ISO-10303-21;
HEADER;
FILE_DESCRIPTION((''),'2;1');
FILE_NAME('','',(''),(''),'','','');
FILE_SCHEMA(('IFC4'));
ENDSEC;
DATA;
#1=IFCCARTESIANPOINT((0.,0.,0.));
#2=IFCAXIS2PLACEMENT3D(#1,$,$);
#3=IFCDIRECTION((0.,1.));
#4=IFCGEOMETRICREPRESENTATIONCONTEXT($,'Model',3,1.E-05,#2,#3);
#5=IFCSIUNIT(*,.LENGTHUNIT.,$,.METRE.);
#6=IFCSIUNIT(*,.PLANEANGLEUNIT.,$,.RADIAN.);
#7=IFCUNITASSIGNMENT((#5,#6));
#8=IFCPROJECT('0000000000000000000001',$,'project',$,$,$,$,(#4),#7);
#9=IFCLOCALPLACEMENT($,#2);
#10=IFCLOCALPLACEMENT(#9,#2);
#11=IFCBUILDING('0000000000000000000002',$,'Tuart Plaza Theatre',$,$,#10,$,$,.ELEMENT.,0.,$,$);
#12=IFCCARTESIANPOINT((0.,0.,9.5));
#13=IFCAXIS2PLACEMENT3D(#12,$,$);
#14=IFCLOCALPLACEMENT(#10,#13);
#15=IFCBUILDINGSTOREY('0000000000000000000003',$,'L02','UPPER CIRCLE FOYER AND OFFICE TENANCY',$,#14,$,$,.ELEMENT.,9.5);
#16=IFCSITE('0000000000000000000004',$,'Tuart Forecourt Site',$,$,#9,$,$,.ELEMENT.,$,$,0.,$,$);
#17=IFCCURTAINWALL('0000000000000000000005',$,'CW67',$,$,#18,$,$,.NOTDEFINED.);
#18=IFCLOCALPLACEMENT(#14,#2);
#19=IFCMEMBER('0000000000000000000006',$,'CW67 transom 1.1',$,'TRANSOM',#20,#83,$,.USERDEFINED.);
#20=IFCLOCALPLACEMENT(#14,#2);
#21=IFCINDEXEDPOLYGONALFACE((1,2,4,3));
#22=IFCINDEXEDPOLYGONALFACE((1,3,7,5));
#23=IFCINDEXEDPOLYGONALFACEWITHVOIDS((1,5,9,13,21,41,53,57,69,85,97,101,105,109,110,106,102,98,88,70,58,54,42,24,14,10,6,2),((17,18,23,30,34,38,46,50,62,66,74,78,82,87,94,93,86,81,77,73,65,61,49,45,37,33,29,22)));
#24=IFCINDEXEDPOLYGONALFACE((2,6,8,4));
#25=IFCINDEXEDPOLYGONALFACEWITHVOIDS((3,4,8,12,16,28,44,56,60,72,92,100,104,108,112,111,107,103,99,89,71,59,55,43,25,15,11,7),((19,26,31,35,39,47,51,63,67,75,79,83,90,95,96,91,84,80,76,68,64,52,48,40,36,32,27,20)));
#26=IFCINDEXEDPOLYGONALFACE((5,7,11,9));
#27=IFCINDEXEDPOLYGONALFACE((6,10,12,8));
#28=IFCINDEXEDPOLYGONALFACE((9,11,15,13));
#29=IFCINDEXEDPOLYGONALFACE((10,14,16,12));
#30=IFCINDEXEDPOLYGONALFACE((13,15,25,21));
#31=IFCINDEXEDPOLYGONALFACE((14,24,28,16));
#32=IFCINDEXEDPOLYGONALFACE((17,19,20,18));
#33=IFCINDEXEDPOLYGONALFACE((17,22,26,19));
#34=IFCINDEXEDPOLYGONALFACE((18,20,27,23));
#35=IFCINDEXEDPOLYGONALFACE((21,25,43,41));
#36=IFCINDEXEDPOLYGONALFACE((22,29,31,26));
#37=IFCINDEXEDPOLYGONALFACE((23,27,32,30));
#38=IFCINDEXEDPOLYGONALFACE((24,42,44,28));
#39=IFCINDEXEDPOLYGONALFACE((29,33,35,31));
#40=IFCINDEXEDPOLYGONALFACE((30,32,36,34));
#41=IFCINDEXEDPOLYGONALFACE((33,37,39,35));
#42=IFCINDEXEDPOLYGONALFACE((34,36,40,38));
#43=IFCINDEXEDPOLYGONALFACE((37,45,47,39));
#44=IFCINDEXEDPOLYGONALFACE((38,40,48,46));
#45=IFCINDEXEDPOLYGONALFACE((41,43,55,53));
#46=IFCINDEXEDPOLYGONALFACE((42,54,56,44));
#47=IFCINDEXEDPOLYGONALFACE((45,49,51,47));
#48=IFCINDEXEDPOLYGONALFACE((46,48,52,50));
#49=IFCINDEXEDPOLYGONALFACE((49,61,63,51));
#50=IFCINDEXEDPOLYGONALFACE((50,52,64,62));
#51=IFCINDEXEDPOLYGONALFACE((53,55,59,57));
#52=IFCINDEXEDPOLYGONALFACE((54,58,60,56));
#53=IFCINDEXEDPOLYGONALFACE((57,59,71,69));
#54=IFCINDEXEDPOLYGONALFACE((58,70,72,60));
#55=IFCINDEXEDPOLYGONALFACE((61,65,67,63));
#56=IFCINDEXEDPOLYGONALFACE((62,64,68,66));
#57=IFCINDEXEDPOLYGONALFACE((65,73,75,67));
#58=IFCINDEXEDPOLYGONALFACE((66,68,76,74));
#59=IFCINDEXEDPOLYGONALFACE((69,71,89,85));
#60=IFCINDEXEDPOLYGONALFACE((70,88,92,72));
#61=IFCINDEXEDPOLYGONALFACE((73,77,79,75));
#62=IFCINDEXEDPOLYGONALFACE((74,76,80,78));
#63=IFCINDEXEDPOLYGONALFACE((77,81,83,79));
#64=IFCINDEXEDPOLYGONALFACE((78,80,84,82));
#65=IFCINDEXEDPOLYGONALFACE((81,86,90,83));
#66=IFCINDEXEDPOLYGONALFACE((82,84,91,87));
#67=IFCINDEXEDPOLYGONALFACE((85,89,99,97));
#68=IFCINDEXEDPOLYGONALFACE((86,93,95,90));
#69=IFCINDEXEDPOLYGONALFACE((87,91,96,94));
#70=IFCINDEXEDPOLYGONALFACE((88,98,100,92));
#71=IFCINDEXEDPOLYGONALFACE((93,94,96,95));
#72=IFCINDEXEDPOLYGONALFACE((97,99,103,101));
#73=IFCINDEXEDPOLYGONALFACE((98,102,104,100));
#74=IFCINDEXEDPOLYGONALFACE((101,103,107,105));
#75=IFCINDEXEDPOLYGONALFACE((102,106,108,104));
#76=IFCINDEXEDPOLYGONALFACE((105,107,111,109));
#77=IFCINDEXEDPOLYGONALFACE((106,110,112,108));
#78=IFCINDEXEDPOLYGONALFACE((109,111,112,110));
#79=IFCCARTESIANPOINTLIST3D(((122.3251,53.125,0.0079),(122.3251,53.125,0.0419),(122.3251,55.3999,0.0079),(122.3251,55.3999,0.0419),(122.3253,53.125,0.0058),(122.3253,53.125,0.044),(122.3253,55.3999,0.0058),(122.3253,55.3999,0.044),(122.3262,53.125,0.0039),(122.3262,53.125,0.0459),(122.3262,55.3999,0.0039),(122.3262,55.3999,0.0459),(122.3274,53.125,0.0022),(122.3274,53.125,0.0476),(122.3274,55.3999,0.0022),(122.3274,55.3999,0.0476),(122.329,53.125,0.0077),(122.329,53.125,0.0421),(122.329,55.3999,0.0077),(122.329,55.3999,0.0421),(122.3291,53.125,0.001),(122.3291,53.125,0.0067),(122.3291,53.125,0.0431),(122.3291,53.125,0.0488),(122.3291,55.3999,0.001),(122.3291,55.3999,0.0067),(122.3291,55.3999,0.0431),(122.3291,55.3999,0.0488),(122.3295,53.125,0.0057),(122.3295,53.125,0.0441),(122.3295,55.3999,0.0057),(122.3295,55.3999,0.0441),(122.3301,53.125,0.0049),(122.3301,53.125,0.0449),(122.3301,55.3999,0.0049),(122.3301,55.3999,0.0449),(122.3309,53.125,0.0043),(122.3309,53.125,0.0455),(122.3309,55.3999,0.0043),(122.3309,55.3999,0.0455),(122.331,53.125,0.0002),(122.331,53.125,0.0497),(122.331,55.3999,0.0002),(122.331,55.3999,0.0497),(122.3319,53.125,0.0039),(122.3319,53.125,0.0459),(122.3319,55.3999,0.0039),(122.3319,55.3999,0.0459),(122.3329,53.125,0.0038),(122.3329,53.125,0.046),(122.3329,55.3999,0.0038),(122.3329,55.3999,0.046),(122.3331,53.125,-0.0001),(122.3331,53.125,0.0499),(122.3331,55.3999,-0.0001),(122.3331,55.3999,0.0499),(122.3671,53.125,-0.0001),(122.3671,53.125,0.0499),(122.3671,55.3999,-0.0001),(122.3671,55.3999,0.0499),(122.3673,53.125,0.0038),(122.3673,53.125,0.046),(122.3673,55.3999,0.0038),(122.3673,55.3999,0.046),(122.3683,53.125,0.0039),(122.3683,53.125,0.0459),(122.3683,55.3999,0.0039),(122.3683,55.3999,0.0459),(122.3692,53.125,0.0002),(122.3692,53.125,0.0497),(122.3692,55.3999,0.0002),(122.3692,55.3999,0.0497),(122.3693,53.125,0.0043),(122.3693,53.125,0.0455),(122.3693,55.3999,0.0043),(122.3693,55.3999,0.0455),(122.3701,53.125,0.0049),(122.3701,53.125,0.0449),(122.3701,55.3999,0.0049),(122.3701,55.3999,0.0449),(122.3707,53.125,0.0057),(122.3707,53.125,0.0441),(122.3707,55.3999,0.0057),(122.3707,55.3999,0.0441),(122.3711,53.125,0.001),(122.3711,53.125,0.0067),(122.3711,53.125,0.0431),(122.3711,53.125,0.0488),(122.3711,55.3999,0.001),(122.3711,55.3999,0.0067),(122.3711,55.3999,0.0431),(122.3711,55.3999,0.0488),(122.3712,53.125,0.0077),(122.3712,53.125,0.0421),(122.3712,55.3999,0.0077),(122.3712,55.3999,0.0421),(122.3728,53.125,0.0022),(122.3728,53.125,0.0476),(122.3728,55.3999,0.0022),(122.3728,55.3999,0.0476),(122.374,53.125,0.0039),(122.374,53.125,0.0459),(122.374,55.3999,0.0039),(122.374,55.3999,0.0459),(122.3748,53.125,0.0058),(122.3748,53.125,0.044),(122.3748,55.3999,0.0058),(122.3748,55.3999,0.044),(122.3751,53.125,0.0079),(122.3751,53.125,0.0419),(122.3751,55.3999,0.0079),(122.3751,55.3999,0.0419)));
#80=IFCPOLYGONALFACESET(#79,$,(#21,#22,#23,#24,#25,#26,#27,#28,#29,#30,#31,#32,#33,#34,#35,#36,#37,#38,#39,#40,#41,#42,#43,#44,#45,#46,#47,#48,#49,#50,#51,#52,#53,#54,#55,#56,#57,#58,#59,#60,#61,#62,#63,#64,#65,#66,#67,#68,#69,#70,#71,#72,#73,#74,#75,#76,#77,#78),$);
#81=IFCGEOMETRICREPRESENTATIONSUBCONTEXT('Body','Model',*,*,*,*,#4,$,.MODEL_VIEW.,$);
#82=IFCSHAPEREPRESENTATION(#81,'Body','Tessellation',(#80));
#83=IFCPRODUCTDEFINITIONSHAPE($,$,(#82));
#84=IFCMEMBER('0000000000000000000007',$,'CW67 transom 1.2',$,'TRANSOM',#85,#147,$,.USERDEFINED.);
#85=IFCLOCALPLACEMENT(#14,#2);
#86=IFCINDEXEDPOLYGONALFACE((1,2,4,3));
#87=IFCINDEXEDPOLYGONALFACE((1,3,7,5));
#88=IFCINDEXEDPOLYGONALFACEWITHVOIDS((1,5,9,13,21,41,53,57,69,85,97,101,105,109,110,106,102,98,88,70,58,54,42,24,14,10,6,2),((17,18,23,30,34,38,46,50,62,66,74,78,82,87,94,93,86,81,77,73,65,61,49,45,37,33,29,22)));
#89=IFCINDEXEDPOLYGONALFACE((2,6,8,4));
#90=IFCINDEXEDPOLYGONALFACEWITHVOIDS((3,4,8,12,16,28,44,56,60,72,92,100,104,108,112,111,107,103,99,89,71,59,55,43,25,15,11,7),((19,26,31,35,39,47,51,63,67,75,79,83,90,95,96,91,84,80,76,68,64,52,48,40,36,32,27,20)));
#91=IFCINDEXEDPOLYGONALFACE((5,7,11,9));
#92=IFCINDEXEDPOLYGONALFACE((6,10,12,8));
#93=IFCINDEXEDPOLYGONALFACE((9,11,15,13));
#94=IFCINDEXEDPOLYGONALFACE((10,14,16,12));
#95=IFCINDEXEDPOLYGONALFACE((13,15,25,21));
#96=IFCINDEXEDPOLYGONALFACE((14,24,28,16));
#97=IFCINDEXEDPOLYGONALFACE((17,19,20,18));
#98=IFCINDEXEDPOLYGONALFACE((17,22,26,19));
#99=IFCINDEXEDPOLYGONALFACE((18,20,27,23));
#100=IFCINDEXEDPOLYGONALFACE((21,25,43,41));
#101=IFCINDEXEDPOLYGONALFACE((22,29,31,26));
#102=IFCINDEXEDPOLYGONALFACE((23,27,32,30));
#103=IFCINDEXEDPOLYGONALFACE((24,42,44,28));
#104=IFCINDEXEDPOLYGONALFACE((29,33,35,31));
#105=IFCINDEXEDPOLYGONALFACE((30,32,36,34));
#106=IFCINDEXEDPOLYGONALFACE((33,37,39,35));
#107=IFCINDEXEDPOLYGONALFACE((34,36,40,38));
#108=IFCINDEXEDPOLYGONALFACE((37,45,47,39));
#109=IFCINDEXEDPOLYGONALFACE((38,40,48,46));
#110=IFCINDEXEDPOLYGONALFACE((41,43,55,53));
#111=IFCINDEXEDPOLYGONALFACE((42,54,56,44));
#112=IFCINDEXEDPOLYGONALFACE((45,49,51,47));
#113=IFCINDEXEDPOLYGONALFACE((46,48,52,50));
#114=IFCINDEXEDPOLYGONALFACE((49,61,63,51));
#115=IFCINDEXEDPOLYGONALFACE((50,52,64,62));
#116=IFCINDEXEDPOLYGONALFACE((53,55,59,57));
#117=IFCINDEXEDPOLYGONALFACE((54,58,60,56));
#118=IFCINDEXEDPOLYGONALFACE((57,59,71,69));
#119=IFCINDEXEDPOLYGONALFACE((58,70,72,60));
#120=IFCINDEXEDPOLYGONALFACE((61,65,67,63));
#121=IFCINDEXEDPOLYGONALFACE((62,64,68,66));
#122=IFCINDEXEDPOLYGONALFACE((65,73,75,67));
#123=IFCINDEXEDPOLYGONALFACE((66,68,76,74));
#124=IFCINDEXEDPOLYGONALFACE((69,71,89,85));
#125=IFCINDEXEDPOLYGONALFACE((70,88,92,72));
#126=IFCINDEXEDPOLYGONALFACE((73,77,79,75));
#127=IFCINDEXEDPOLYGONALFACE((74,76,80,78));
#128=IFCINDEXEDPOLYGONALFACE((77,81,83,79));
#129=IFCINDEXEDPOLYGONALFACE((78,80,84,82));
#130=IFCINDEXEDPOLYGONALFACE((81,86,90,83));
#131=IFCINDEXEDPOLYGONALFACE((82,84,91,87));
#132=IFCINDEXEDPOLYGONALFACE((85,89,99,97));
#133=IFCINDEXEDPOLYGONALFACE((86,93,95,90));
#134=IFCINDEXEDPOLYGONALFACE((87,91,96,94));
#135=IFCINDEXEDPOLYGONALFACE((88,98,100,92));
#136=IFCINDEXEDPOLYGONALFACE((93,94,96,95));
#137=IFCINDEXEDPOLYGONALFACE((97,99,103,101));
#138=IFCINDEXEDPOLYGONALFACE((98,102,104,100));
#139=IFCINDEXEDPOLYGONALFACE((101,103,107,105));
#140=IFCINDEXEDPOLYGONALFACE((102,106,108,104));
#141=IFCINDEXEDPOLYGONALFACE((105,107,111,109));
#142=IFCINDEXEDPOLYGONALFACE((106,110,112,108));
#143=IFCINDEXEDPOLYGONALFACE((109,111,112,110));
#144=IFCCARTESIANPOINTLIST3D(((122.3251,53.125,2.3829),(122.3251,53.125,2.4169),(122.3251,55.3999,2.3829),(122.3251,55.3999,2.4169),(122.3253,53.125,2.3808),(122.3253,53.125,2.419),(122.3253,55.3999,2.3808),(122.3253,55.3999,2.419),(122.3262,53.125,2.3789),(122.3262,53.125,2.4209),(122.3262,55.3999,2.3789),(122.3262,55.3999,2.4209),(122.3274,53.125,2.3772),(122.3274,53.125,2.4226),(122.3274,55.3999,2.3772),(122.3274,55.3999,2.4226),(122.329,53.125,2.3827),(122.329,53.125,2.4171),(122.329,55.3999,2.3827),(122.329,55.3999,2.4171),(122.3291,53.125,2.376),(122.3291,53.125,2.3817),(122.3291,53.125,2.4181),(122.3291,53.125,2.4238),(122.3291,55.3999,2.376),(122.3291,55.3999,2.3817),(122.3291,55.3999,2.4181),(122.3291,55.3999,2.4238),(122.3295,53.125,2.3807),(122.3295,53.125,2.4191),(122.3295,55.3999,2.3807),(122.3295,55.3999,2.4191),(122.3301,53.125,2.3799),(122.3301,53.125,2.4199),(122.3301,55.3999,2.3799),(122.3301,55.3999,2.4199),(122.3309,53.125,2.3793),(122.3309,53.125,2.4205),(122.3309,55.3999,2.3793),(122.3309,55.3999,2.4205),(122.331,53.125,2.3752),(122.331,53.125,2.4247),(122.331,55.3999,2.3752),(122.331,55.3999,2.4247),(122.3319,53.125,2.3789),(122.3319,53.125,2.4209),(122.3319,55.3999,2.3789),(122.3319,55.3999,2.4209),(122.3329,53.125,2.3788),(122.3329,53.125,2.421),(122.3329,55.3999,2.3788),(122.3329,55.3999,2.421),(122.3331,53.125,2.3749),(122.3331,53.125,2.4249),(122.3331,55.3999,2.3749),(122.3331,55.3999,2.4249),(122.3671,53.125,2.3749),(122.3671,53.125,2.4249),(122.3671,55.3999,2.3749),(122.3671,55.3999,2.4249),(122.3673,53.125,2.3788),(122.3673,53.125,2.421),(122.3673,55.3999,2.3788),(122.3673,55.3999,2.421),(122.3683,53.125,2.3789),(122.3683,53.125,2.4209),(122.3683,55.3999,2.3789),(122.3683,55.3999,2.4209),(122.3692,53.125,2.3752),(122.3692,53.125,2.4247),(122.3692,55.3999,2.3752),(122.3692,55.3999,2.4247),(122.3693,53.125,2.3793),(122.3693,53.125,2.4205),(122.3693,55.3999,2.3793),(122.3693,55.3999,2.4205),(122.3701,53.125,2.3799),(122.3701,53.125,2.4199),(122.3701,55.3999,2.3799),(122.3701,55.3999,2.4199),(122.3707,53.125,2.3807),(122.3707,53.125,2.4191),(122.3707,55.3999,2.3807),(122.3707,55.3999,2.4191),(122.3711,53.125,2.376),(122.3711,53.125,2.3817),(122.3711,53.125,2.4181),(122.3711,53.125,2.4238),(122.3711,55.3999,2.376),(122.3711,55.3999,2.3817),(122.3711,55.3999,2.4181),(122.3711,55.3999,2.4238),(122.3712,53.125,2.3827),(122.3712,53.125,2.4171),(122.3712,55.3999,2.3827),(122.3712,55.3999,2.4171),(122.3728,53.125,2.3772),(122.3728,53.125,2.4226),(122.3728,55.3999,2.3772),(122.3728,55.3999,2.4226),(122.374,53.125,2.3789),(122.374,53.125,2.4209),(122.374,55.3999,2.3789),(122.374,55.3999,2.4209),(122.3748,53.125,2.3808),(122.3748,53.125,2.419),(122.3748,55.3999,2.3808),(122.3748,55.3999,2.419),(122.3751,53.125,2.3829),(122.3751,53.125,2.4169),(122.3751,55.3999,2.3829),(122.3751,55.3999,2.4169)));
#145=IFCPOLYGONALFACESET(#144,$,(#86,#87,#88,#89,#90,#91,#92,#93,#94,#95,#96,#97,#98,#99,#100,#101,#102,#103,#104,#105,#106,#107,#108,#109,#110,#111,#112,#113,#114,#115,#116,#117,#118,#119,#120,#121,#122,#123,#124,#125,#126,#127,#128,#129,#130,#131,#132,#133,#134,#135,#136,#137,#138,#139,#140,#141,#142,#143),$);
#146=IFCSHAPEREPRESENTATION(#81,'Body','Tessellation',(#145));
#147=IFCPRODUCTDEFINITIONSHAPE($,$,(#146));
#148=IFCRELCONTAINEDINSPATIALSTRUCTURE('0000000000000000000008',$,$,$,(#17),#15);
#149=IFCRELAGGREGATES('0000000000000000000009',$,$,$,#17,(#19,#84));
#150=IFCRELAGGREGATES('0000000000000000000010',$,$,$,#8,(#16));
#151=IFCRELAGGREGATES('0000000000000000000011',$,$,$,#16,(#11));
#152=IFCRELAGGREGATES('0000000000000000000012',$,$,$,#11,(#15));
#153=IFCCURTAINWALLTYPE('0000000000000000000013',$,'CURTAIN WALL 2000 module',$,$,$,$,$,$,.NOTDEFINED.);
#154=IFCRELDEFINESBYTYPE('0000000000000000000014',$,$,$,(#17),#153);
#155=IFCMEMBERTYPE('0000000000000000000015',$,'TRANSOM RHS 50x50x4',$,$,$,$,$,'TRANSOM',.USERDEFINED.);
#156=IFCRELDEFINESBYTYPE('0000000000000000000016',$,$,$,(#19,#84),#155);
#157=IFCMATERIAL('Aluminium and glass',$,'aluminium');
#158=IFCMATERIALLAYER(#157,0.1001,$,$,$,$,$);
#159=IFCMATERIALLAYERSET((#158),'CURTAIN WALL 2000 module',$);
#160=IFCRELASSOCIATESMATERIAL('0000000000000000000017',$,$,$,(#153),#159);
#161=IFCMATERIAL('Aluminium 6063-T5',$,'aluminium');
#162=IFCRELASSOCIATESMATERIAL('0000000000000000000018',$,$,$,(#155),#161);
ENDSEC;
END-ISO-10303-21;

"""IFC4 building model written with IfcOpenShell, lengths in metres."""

from ifc_helpers import new_model, si_unit, direction, frame, origin, origin_2d, place, context, subcontext, project, spatial, hollow_rectangle, extrude, material, layer, layer_set, material_profile, profile_set, type_object, element, aggregate, save


model = new_model("IFC4")

# Units and contexts
model_context = context("Model", 3, precision=1e-05, world=origin(), true_north=direction((0.0, 1.0)))
body_context = subcontext(model_context, "Body", "Model", "MODEL_VIEW")
ifc_project = project(units=[si_unit("LENGTHUNIT", "METRE"), si_unit("PLANEANGLEUNIT", "RADIAN")], contexts=[model_context])

# Site, building, storey
site_placement = place(None, origin())
site = spatial("IfcSite", under=ifc_project, at=site_placement, Name="Tuart Forecourt Site", CompositionType="ELEMENT", RefElevation=0.0)
building_placement = place(site_placement, origin())
building = spatial("IfcBuilding", under=site, at=building_placement, Name="Tuart Plaza Theatre", CompositionType="ELEMENT", ElevationOfRefHeight=0.0)
storey_placement = place(building_placement, frame((0.0, 0.0, 9.5)))
storey = spatial("IfcBuildingStorey", under=building, at=storey_placement, Name="L02", Description="UPPER CIRCLE FOYER AND OFFICE TENANCY", CompositionType="ELEMENT", Elevation=9.5)

# Curtain wall
ifc_material_1 = material(Name="Aluminium and glass", Category="aluminium")
ifc_layer_1 = layer(ifc_material_1, 0.1001)
ifc_layer_set_1 = layer_set([ifc_layer_1], Name="CURTAIN WALL 2000 module")
curtain_wall_type = type_object("IfcCurtainWallType", Name="CURTAIN WALL 2000 module", PredefinedType="NOTDEFINED", material=ifc_layer_set_1)
curtain_wall_1_placement = place(storey_placement, origin())
curtain_wall_1 = element("IfcCurtainWall", 1, at=curtain_wall_1_placement, inside=storey, type_object=curtain_wall_type, Name="CW67", PredefinedType="NOTDEFINED")

# Members
ifc_material_2 = material(Name="Aluminium 6063-T5", Category="aluminium")
ifc_material_profile_1 = material_profile(ifc_material_2, hollow_rectangle(XDim=0.05, YDim=0.05, WallThickness=0.0039, InnerFilletRadius=0.0039, OuterFilletRadius=0.0081, at=origin_2d()), Name="RHS 50x50x4")
ifc_profile_set_1 = profile_set([ifc_material_profile_1], Name="Aluminium 6063-T5")
member_type_1 = type_object("IfcMemberType", Name="TRANSOM RHS 50x50x4", ElementType="TRANSOM", PredefinedType="USERDEFINED", material=ifc_profile_set_1)
member_1_placement = place(storey_placement, frame((122.3501, 55.3999, 0.0249), z_axis=(0.0, -1.0, 0.0), x_axis=(1.0, 0.0, 0.0)))
member_1 = element("IfcMember", 2, at=member_1_placement, type_object=member_type_1, Name="CW67 transom 1.1", ObjectType="TRANSOM", PredefinedType="USERDEFINED", context=body_context, shape_type="SweptSolid", body=[
    extrude(hollow_rectangle(XDim=0.05, YDim=0.05, WallThickness=0.0039, InnerFilletRadius=0.0039, OuterFilletRadius=0.0081, at=origin_2d()), origin(), (0.0, 0.0, 1.0), 2.2749),
])
member_2_placement = place(storey_placement, frame((122.3501, 55.3999, 2.3999), z_axis=(0.0, -1.0, 0.0), x_axis=(1.0, 0.0, 0.0)))
member_2 = element("IfcMember", 3, at=member_2_placement, type_object=member_type_1, Name="CW67 transom 1.2", ObjectType="TRANSOM", PredefinedType="USERDEFINED", context=body_context, shape_type="SweptSolid", body=[
    extrude(hollow_rectangle(XDim=0.05, YDim=0.05, WallThickness=0.0039, InnerFilletRadius=0.0039, OuterFilletRadius=0.0081, at=origin_2d()), origin(), (0.0, 0.0, 1.0), 2.2749),
])
aggregate(curtain_wall_1, [member_1, member_2])

save(model, "model.ifc")
